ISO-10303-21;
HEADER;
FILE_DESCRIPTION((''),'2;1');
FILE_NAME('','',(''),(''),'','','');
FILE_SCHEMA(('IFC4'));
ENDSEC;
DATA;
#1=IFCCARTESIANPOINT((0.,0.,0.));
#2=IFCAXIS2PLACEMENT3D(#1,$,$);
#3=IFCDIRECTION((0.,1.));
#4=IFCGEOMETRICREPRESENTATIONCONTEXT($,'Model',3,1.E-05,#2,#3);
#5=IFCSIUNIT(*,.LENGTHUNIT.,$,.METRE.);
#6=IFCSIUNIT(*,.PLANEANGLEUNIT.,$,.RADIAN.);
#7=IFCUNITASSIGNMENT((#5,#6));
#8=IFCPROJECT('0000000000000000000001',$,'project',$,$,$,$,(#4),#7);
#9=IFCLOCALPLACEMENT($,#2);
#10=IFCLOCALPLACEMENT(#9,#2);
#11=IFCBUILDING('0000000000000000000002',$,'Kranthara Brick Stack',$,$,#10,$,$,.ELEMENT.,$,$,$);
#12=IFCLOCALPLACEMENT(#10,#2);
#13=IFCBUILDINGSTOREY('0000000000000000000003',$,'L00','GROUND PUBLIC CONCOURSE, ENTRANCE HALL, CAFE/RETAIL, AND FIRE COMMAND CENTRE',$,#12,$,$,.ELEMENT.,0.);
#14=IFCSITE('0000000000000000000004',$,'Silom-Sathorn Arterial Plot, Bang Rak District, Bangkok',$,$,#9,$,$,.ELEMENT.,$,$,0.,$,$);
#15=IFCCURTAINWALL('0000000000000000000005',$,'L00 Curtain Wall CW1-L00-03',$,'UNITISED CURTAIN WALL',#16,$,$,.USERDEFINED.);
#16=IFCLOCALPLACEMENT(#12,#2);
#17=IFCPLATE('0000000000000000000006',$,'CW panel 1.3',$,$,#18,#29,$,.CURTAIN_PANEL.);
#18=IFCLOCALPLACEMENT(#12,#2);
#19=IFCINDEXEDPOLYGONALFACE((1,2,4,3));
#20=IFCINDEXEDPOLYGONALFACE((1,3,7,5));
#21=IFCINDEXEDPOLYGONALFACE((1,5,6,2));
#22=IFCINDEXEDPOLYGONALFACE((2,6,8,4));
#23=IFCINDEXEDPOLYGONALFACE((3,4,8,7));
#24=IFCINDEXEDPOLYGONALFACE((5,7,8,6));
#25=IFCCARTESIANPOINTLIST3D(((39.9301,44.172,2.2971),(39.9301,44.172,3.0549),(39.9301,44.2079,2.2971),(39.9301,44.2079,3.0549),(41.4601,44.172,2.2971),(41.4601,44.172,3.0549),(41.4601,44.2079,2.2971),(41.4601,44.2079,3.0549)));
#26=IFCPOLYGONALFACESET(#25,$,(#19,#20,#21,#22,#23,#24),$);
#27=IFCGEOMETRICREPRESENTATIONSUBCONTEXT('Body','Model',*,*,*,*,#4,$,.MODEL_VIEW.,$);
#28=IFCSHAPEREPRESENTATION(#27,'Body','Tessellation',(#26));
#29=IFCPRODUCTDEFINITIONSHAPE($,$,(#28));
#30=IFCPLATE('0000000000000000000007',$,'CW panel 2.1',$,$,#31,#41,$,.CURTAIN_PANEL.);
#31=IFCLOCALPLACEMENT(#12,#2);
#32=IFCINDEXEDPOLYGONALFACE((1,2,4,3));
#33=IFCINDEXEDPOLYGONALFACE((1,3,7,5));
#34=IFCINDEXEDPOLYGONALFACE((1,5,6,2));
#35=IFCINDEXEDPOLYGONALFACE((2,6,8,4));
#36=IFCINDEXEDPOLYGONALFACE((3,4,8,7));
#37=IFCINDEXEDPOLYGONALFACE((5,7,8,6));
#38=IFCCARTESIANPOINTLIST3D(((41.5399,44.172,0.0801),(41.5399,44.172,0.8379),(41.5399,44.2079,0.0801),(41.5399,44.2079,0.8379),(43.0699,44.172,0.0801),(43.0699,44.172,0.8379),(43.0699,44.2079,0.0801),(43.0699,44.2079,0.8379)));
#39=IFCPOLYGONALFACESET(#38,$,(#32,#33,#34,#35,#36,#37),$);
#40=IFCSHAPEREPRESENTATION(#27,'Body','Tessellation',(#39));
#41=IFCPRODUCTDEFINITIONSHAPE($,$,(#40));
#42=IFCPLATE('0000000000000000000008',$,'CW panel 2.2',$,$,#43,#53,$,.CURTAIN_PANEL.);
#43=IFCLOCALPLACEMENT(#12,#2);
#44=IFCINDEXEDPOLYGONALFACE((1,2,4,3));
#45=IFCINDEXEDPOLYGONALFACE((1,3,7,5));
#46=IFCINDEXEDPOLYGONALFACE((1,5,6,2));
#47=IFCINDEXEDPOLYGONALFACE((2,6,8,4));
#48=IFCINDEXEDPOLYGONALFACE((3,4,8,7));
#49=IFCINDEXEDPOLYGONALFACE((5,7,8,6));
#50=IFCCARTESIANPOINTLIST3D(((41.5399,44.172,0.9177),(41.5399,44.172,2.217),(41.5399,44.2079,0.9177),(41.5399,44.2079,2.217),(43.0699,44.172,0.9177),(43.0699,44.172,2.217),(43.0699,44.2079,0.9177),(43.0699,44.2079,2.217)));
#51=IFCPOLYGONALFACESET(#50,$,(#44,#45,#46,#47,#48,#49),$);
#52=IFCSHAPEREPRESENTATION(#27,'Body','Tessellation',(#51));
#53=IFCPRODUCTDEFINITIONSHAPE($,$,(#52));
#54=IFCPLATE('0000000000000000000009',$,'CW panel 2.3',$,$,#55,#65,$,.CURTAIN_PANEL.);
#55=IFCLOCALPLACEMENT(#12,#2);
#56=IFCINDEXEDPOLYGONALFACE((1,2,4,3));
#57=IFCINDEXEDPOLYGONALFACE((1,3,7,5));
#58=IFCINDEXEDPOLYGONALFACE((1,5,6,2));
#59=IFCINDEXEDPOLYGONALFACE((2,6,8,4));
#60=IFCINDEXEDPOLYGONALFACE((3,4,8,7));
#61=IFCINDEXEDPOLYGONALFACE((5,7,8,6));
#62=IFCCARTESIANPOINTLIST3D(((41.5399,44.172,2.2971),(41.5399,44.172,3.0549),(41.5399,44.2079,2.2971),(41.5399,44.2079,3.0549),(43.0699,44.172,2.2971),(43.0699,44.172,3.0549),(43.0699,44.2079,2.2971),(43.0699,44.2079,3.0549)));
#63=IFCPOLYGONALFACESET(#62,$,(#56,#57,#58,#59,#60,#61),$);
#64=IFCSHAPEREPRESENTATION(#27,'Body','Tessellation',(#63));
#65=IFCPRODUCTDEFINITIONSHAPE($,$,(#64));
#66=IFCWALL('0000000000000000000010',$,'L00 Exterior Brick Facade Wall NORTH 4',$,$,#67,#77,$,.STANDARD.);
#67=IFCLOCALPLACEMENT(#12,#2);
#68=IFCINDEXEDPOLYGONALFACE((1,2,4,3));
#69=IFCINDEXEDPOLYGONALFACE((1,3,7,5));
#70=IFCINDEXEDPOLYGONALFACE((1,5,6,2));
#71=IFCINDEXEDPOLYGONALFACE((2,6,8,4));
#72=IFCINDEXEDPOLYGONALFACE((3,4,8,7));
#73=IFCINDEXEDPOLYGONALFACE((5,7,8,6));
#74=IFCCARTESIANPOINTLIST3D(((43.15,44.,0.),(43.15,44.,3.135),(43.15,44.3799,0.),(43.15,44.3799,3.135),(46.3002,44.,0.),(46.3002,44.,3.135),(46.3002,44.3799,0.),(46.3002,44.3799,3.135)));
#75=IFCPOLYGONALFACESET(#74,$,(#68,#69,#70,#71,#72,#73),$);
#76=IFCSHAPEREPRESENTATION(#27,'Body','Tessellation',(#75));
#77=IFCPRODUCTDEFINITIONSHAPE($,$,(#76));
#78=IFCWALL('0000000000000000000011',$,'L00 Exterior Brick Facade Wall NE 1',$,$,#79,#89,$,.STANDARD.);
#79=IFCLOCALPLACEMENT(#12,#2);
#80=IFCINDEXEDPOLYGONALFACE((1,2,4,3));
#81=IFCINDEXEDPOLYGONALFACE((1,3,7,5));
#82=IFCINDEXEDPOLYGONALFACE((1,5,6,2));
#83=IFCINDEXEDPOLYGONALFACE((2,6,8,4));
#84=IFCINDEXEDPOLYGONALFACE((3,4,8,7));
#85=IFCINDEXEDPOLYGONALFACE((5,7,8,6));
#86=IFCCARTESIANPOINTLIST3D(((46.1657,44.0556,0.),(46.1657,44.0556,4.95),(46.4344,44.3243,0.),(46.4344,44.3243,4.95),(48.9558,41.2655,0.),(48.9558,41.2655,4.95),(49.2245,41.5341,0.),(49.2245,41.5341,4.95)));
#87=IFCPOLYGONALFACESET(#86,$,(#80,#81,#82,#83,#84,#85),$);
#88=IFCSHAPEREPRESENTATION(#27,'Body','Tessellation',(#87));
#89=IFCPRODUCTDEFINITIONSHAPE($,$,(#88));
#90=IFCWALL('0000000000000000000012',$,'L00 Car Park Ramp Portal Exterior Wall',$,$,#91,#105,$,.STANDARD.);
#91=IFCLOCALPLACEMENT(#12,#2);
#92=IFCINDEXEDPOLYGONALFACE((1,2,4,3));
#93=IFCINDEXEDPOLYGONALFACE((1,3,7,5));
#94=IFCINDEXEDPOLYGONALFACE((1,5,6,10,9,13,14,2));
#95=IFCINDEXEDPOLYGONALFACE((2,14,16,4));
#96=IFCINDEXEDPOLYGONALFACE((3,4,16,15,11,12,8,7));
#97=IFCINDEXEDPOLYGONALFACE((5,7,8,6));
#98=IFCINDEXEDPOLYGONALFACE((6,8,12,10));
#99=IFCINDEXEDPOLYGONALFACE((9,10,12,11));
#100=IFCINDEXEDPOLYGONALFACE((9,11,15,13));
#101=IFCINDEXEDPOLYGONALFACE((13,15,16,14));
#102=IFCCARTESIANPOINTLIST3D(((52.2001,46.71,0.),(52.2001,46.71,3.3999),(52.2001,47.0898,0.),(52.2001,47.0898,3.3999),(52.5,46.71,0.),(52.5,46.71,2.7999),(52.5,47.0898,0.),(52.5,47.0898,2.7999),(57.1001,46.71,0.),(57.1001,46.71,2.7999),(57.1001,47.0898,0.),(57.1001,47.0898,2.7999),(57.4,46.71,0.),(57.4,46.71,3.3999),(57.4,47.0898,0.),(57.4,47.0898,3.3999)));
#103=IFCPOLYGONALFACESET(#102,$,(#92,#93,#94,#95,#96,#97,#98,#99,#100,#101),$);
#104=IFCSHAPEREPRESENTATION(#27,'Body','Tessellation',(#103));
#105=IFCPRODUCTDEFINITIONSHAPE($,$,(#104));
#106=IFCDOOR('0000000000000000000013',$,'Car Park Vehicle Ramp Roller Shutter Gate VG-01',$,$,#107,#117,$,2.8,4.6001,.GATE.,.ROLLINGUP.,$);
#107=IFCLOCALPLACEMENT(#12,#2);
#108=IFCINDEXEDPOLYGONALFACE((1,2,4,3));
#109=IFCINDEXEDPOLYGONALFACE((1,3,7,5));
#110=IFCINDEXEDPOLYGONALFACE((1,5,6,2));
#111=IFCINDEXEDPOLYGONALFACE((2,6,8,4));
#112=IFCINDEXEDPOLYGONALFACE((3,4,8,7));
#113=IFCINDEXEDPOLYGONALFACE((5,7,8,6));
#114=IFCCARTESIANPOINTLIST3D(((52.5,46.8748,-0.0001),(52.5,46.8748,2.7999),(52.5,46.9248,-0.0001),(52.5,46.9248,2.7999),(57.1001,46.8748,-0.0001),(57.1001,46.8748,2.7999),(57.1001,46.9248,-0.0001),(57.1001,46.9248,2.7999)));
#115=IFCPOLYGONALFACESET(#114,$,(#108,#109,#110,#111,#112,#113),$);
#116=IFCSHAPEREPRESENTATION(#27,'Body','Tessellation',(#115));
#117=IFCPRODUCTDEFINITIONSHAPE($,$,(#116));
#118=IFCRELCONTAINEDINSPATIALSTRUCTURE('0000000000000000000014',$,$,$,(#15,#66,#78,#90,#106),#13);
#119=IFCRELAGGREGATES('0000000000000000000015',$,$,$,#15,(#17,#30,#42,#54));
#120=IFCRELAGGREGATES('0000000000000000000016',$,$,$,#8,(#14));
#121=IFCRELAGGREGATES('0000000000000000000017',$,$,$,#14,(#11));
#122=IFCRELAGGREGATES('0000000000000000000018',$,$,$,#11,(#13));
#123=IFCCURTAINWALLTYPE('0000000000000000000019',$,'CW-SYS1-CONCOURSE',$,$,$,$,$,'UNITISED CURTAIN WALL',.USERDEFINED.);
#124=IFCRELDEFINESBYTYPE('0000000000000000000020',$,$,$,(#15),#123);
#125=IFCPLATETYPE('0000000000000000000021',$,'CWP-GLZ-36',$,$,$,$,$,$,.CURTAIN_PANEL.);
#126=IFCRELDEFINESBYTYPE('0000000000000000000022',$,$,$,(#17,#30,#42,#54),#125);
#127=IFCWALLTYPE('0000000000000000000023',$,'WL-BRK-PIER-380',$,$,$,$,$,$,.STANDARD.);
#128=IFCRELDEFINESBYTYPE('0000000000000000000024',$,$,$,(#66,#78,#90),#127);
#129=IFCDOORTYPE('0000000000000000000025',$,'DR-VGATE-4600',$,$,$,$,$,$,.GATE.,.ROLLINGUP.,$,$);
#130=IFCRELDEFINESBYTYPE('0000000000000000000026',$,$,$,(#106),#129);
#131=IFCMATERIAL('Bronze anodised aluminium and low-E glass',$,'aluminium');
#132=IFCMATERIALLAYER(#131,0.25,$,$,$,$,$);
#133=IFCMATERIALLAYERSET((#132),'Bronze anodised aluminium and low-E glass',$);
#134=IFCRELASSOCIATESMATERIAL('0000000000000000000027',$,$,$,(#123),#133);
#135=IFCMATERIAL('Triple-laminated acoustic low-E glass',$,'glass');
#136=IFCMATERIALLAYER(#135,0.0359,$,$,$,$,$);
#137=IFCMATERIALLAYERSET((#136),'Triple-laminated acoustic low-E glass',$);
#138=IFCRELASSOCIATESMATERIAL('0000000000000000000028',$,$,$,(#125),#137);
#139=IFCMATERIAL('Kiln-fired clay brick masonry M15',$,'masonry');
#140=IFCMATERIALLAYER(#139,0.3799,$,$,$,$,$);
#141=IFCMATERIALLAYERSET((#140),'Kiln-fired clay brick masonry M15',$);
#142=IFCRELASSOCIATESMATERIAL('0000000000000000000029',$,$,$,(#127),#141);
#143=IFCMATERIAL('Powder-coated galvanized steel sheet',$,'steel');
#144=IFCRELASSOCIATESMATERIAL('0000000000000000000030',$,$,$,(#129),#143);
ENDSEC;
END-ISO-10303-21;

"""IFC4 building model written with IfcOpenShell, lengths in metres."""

from ifc_helpers import new_model, si_unit, direction, frame, frame_2d, origin, origin_2d, place, context, subcontext, project, spatial, rectangle, extrude, material, layer, layer_set, type_object, element, fill, aggregate, save


model = new_model("IFC4")

# Units and contexts
model_context = context("Model", 3, precision=1e-05, world=origin(), true_north=direction((0.0, 1.0)))
body_context = subcontext(model_context, "Body", "Model", "MODEL_VIEW")
ifc_project = project(units=[si_unit("LENGTHUNIT", "METRE"), si_unit("PLANEANGLEUNIT", "RADIAN")], contexts=[model_context])

# Site, building, storey
site_placement = place(None, origin())
site = spatial("IfcSite", under=ifc_project, at=site_placement, Name="Silom-Sathorn Arterial Plot, Bang Rak District, Bangkok", CompositionType="ELEMENT", RefElevation=0.0)
building_placement = place(site_placement, origin())
building = spatial("IfcBuilding", under=site, at=building_placement, Name="Kranthara Brick Stack", CompositionType="ELEMENT")
storey_placement = place(building_placement, origin())
storey = spatial("IfcBuildingStorey", under=building, at=storey_placement, Name="L00", Description="GROUND PUBLIC CONCOURSE, ENTRANCE HALL, CAFE/RETAIL, AND FIRE COMMAND CENTRE", CompositionType="ELEMENT", Elevation=0.0)

# Curtain wall, plates
ifc_material_1 = material(Name="Bronze anodised aluminium and low-E glass", Category="aluminium")
ifc_layer_1 = layer(ifc_material_1, 0.25)
ifc_layer_set_1 = layer_set([ifc_layer_1], Name="Bronze anodised aluminium and low-E glass")
curtain_wall_type = type_object("IfcCurtainWallType", Name="CW-SYS1-CONCOURSE", ElementType="UNITISED CURTAIN WALL", PredefinedType="USERDEFINED", material=ifc_layer_set_1)
curtain_wall_placement = place(storey_placement, origin())
curtain_wall = element("IfcCurtainWall", 1, at=curtain_wall_placement, inside=storey, type_object=curtain_wall_type, Name="L00 Curtain Wall CW1-L00-03", ObjectType="UNITISED CURTAIN WALL", PredefinedType="USERDEFINED")
ifc_material_2 = material(Name="Triple-laminated acoustic low-E glass", Category="glass")
ifc_layer_2 = layer(ifc_material_2, 0.0359)
ifc_layer_set_2 = layer_set([ifc_layer_2], Name="Triple-laminated acoustic low-E glass")
plate_type = type_object("IfcPlateType", Name="CWP-GLZ-36", PredefinedType="CURTAIN_PANEL", material=ifc_layer_set_2)
plate_1_placement = place(storey_placement, frame((40.6951, 44.1899, 2.2971), z_axis=(0.0, 0.0, 1.0), x_axis=(1.0, 0.0, 0.0)))
plate_1 = element("IfcPlate", 2, at=plate_1_placement, type_object=plate_type, Name="CW panel 1.3", PredefinedType="CURTAIN_PANEL", context=body_context, shape_type="SweptSolid", body=[
    extrude(rectangle(XDim=1.53, YDim=0.0359, at=origin_2d()), origin(), (0.0, 0.0, 1.0), 0.7578),
])
plate_2_placement = place(storey_placement, frame((42.3049, 44.1899, 0.0801), z_axis=(0.0, 0.0, 1.0), x_axis=(1.0, 0.0, 0.0)))
plate_2 = element("IfcPlate", 3, at=plate_2_placement, type_object=plate_type, Name="CW panel 2.1", PredefinedType="CURTAIN_PANEL", context=body_context, shape_type="SweptSolid", body=[
    extrude(rectangle(XDim=1.53, YDim=0.0359, at=origin_2d()), origin(), (0.0, 0.0, 1.0), 0.7578),
])
plate_3_placement = place(storey_placement, frame((42.3049, 44.1899, 0.9177), z_axis=(0.0, 0.0, 1.0), x_axis=(1.0, 0.0, 0.0)))
plate_3 = element("IfcPlate", 4, at=plate_3_placement, type_object=plate_type, Name="CW panel 2.2", PredefinedType="CURTAIN_PANEL", context=body_context, shape_type="SweptSolid", body=[
    extrude(rectangle(XDim=1.53, YDim=0.0359, at=origin_2d()), origin(), (0.0, 0.0, 1.0), 1.2993),
])
plate_4_placement = place(storey_placement, frame((42.3049, 44.1899, 2.2971), z_axis=(0.0, 0.0, 1.0), x_axis=(1.0, 0.0, 0.0)))
plate_4 = element("IfcPlate", 5, at=plate_4_placement, type_object=plate_type, Name="CW panel 2.3", PredefinedType="CURTAIN_PANEL", context=body_context, shape_type="SweptSolid", body=[
    extrude(rectangle(XDim=1.53, YDim=0.0359, at=origin_2d()), origin(), (0.0, 0.0, 1.0), 0.7578),
])
aggregate(curtain_wall, [plate_1, plate_2, plate_3, plate_4])

# Walls
ifc_material_3 = material(Name="Kiln-fired clay brick masonry M15", Category="masonry")
ifc_layer_3 = layer(ifc_material_3, 0.3799)
ifc_layer_set_3 = layer_set([ifc_layer_3], Name="Kiln-fired clay brick masonry M15")
wall_type = type_object("IfcWallType", Name="WL-BRK-PIER-380", PredefinedType="STANDARD", material=ifc_layer_set_3)
wall_1_placement = place(storey_placement, frame((43.1499, 44.1899, 0.0), z_axis=(0.0, 0.0, 1.0), x_axis=(1.0, 0.0, 0.0)))
element("IfcWall", 6, at=wall_1_placement, inside=storey, type_object=wall_type, Name="L00 Exterior Brick Facade Wall NORTH 4", PredefinedType="STANDARD", context=body_context, shape_type="SweptSolid", body=[
    extrude(rectangle(XDim=3.1501, YDim=0.3799, at=frame_2d((1.5752, 0.0))), origin(), (0.0, 0.0, 1.0), 3.135),
])
wall_2_placement = place(storey_placement, frame((46.3, 44.1899, 0.0), z_axis=(0.0, 0.0, 1.0), x_axis=(0.707107, -0.707107, 0.0)))
element("IfcWall", 7, at=wall_2_placement, inside=storey, type_object=wall_type, Name="L00 Exterior Brick Facade Wall NE 1", PredefinedType="STANDARD", context=body_context, shape_type="SweptSolid", body=[
    extrude(rectangle(XDim=3.9458, YDim=0.3799, at=frame_2d((1.9729, 0.0))), origin(), (0.0, 0.0, 1.0), 4.95),
])

# Wall, opening, door
wall_3_placement = place(storey_placement, frame((52.2, 46.8999, 0.0), z_axis=(0.0, 0.0, 1.0), x_axis=(1.0, 0.0, 0.0)))
wall_3 = element("IfcWall", 8, at=wall_3_placement, inside=storey, type_object=wall_type, Name="L00 Car Park Ramp Portal Exterior Wall", PredefinedType="STANDARD", context=body_context, shape_type="SweptSolid", body=[
    extrude(rectangle(XDim=5.2, YDim=0.3799, at=frame_2d((2.6001, 0.0))), origin(), (0.0, 0.0, 1.0), 3.3999),
])
opening_placement = place(wall_3_placement, frame((0.3, 0.0, 0.0)))
opening = element("IfcOpeningElement", 9, at=opening_placement, cuts=wall_3, PredefinedType="OPENING", context=body_context, shape_type="SweptSolid", body=[
    extrude(rectangle(XDim=4.6001, YDim=2.8, at=frame_2d((2.3, 1.3999))), frame((0.0, 0.2, 0.0), z_axis=(0.0, -1.0, 0.0), x_axis=(1.0, 0.0, 0.0)), (0.0, 0.0, 1.0), 0.3999),
])
ifc_material_4 = material(Name="Powder-coated galvanized steel sheet", Category="steel")
door_type = type_object("IfcDoorType", Name="DR-VGATE-4600", OperationType="ROLLINGUP", PredefinedType="GATE", material=ifc_material_4)
door_placement = place(opening_placement, origin())
door = element("IfcDoor", 10, at=door_placement, inside=storey, type_object=door_type, Name="Car Park Vehicle Ramp Roller Shutter Gate VG-01", OperationType="ROLLINGUP", OverallHeight=2.8, OverallWidth=4.6001, PredefinedType="GATE", context=body_context, shape_type="SweptSolid", body=[
    extrude(rectangle(XDim=4.6001, YDim=2.8, at=frame_2d((2.3, 1.3999))), frame((0.0, 0.0249, 0.0), z_axis=(0.0, -1.0, 0.0), x_axis=(1.0, 0.0, 0.0)), (0.0, 0.0, 1.0), 0.05),
])
fill(opening, door)

save(model, "model.ifc")
